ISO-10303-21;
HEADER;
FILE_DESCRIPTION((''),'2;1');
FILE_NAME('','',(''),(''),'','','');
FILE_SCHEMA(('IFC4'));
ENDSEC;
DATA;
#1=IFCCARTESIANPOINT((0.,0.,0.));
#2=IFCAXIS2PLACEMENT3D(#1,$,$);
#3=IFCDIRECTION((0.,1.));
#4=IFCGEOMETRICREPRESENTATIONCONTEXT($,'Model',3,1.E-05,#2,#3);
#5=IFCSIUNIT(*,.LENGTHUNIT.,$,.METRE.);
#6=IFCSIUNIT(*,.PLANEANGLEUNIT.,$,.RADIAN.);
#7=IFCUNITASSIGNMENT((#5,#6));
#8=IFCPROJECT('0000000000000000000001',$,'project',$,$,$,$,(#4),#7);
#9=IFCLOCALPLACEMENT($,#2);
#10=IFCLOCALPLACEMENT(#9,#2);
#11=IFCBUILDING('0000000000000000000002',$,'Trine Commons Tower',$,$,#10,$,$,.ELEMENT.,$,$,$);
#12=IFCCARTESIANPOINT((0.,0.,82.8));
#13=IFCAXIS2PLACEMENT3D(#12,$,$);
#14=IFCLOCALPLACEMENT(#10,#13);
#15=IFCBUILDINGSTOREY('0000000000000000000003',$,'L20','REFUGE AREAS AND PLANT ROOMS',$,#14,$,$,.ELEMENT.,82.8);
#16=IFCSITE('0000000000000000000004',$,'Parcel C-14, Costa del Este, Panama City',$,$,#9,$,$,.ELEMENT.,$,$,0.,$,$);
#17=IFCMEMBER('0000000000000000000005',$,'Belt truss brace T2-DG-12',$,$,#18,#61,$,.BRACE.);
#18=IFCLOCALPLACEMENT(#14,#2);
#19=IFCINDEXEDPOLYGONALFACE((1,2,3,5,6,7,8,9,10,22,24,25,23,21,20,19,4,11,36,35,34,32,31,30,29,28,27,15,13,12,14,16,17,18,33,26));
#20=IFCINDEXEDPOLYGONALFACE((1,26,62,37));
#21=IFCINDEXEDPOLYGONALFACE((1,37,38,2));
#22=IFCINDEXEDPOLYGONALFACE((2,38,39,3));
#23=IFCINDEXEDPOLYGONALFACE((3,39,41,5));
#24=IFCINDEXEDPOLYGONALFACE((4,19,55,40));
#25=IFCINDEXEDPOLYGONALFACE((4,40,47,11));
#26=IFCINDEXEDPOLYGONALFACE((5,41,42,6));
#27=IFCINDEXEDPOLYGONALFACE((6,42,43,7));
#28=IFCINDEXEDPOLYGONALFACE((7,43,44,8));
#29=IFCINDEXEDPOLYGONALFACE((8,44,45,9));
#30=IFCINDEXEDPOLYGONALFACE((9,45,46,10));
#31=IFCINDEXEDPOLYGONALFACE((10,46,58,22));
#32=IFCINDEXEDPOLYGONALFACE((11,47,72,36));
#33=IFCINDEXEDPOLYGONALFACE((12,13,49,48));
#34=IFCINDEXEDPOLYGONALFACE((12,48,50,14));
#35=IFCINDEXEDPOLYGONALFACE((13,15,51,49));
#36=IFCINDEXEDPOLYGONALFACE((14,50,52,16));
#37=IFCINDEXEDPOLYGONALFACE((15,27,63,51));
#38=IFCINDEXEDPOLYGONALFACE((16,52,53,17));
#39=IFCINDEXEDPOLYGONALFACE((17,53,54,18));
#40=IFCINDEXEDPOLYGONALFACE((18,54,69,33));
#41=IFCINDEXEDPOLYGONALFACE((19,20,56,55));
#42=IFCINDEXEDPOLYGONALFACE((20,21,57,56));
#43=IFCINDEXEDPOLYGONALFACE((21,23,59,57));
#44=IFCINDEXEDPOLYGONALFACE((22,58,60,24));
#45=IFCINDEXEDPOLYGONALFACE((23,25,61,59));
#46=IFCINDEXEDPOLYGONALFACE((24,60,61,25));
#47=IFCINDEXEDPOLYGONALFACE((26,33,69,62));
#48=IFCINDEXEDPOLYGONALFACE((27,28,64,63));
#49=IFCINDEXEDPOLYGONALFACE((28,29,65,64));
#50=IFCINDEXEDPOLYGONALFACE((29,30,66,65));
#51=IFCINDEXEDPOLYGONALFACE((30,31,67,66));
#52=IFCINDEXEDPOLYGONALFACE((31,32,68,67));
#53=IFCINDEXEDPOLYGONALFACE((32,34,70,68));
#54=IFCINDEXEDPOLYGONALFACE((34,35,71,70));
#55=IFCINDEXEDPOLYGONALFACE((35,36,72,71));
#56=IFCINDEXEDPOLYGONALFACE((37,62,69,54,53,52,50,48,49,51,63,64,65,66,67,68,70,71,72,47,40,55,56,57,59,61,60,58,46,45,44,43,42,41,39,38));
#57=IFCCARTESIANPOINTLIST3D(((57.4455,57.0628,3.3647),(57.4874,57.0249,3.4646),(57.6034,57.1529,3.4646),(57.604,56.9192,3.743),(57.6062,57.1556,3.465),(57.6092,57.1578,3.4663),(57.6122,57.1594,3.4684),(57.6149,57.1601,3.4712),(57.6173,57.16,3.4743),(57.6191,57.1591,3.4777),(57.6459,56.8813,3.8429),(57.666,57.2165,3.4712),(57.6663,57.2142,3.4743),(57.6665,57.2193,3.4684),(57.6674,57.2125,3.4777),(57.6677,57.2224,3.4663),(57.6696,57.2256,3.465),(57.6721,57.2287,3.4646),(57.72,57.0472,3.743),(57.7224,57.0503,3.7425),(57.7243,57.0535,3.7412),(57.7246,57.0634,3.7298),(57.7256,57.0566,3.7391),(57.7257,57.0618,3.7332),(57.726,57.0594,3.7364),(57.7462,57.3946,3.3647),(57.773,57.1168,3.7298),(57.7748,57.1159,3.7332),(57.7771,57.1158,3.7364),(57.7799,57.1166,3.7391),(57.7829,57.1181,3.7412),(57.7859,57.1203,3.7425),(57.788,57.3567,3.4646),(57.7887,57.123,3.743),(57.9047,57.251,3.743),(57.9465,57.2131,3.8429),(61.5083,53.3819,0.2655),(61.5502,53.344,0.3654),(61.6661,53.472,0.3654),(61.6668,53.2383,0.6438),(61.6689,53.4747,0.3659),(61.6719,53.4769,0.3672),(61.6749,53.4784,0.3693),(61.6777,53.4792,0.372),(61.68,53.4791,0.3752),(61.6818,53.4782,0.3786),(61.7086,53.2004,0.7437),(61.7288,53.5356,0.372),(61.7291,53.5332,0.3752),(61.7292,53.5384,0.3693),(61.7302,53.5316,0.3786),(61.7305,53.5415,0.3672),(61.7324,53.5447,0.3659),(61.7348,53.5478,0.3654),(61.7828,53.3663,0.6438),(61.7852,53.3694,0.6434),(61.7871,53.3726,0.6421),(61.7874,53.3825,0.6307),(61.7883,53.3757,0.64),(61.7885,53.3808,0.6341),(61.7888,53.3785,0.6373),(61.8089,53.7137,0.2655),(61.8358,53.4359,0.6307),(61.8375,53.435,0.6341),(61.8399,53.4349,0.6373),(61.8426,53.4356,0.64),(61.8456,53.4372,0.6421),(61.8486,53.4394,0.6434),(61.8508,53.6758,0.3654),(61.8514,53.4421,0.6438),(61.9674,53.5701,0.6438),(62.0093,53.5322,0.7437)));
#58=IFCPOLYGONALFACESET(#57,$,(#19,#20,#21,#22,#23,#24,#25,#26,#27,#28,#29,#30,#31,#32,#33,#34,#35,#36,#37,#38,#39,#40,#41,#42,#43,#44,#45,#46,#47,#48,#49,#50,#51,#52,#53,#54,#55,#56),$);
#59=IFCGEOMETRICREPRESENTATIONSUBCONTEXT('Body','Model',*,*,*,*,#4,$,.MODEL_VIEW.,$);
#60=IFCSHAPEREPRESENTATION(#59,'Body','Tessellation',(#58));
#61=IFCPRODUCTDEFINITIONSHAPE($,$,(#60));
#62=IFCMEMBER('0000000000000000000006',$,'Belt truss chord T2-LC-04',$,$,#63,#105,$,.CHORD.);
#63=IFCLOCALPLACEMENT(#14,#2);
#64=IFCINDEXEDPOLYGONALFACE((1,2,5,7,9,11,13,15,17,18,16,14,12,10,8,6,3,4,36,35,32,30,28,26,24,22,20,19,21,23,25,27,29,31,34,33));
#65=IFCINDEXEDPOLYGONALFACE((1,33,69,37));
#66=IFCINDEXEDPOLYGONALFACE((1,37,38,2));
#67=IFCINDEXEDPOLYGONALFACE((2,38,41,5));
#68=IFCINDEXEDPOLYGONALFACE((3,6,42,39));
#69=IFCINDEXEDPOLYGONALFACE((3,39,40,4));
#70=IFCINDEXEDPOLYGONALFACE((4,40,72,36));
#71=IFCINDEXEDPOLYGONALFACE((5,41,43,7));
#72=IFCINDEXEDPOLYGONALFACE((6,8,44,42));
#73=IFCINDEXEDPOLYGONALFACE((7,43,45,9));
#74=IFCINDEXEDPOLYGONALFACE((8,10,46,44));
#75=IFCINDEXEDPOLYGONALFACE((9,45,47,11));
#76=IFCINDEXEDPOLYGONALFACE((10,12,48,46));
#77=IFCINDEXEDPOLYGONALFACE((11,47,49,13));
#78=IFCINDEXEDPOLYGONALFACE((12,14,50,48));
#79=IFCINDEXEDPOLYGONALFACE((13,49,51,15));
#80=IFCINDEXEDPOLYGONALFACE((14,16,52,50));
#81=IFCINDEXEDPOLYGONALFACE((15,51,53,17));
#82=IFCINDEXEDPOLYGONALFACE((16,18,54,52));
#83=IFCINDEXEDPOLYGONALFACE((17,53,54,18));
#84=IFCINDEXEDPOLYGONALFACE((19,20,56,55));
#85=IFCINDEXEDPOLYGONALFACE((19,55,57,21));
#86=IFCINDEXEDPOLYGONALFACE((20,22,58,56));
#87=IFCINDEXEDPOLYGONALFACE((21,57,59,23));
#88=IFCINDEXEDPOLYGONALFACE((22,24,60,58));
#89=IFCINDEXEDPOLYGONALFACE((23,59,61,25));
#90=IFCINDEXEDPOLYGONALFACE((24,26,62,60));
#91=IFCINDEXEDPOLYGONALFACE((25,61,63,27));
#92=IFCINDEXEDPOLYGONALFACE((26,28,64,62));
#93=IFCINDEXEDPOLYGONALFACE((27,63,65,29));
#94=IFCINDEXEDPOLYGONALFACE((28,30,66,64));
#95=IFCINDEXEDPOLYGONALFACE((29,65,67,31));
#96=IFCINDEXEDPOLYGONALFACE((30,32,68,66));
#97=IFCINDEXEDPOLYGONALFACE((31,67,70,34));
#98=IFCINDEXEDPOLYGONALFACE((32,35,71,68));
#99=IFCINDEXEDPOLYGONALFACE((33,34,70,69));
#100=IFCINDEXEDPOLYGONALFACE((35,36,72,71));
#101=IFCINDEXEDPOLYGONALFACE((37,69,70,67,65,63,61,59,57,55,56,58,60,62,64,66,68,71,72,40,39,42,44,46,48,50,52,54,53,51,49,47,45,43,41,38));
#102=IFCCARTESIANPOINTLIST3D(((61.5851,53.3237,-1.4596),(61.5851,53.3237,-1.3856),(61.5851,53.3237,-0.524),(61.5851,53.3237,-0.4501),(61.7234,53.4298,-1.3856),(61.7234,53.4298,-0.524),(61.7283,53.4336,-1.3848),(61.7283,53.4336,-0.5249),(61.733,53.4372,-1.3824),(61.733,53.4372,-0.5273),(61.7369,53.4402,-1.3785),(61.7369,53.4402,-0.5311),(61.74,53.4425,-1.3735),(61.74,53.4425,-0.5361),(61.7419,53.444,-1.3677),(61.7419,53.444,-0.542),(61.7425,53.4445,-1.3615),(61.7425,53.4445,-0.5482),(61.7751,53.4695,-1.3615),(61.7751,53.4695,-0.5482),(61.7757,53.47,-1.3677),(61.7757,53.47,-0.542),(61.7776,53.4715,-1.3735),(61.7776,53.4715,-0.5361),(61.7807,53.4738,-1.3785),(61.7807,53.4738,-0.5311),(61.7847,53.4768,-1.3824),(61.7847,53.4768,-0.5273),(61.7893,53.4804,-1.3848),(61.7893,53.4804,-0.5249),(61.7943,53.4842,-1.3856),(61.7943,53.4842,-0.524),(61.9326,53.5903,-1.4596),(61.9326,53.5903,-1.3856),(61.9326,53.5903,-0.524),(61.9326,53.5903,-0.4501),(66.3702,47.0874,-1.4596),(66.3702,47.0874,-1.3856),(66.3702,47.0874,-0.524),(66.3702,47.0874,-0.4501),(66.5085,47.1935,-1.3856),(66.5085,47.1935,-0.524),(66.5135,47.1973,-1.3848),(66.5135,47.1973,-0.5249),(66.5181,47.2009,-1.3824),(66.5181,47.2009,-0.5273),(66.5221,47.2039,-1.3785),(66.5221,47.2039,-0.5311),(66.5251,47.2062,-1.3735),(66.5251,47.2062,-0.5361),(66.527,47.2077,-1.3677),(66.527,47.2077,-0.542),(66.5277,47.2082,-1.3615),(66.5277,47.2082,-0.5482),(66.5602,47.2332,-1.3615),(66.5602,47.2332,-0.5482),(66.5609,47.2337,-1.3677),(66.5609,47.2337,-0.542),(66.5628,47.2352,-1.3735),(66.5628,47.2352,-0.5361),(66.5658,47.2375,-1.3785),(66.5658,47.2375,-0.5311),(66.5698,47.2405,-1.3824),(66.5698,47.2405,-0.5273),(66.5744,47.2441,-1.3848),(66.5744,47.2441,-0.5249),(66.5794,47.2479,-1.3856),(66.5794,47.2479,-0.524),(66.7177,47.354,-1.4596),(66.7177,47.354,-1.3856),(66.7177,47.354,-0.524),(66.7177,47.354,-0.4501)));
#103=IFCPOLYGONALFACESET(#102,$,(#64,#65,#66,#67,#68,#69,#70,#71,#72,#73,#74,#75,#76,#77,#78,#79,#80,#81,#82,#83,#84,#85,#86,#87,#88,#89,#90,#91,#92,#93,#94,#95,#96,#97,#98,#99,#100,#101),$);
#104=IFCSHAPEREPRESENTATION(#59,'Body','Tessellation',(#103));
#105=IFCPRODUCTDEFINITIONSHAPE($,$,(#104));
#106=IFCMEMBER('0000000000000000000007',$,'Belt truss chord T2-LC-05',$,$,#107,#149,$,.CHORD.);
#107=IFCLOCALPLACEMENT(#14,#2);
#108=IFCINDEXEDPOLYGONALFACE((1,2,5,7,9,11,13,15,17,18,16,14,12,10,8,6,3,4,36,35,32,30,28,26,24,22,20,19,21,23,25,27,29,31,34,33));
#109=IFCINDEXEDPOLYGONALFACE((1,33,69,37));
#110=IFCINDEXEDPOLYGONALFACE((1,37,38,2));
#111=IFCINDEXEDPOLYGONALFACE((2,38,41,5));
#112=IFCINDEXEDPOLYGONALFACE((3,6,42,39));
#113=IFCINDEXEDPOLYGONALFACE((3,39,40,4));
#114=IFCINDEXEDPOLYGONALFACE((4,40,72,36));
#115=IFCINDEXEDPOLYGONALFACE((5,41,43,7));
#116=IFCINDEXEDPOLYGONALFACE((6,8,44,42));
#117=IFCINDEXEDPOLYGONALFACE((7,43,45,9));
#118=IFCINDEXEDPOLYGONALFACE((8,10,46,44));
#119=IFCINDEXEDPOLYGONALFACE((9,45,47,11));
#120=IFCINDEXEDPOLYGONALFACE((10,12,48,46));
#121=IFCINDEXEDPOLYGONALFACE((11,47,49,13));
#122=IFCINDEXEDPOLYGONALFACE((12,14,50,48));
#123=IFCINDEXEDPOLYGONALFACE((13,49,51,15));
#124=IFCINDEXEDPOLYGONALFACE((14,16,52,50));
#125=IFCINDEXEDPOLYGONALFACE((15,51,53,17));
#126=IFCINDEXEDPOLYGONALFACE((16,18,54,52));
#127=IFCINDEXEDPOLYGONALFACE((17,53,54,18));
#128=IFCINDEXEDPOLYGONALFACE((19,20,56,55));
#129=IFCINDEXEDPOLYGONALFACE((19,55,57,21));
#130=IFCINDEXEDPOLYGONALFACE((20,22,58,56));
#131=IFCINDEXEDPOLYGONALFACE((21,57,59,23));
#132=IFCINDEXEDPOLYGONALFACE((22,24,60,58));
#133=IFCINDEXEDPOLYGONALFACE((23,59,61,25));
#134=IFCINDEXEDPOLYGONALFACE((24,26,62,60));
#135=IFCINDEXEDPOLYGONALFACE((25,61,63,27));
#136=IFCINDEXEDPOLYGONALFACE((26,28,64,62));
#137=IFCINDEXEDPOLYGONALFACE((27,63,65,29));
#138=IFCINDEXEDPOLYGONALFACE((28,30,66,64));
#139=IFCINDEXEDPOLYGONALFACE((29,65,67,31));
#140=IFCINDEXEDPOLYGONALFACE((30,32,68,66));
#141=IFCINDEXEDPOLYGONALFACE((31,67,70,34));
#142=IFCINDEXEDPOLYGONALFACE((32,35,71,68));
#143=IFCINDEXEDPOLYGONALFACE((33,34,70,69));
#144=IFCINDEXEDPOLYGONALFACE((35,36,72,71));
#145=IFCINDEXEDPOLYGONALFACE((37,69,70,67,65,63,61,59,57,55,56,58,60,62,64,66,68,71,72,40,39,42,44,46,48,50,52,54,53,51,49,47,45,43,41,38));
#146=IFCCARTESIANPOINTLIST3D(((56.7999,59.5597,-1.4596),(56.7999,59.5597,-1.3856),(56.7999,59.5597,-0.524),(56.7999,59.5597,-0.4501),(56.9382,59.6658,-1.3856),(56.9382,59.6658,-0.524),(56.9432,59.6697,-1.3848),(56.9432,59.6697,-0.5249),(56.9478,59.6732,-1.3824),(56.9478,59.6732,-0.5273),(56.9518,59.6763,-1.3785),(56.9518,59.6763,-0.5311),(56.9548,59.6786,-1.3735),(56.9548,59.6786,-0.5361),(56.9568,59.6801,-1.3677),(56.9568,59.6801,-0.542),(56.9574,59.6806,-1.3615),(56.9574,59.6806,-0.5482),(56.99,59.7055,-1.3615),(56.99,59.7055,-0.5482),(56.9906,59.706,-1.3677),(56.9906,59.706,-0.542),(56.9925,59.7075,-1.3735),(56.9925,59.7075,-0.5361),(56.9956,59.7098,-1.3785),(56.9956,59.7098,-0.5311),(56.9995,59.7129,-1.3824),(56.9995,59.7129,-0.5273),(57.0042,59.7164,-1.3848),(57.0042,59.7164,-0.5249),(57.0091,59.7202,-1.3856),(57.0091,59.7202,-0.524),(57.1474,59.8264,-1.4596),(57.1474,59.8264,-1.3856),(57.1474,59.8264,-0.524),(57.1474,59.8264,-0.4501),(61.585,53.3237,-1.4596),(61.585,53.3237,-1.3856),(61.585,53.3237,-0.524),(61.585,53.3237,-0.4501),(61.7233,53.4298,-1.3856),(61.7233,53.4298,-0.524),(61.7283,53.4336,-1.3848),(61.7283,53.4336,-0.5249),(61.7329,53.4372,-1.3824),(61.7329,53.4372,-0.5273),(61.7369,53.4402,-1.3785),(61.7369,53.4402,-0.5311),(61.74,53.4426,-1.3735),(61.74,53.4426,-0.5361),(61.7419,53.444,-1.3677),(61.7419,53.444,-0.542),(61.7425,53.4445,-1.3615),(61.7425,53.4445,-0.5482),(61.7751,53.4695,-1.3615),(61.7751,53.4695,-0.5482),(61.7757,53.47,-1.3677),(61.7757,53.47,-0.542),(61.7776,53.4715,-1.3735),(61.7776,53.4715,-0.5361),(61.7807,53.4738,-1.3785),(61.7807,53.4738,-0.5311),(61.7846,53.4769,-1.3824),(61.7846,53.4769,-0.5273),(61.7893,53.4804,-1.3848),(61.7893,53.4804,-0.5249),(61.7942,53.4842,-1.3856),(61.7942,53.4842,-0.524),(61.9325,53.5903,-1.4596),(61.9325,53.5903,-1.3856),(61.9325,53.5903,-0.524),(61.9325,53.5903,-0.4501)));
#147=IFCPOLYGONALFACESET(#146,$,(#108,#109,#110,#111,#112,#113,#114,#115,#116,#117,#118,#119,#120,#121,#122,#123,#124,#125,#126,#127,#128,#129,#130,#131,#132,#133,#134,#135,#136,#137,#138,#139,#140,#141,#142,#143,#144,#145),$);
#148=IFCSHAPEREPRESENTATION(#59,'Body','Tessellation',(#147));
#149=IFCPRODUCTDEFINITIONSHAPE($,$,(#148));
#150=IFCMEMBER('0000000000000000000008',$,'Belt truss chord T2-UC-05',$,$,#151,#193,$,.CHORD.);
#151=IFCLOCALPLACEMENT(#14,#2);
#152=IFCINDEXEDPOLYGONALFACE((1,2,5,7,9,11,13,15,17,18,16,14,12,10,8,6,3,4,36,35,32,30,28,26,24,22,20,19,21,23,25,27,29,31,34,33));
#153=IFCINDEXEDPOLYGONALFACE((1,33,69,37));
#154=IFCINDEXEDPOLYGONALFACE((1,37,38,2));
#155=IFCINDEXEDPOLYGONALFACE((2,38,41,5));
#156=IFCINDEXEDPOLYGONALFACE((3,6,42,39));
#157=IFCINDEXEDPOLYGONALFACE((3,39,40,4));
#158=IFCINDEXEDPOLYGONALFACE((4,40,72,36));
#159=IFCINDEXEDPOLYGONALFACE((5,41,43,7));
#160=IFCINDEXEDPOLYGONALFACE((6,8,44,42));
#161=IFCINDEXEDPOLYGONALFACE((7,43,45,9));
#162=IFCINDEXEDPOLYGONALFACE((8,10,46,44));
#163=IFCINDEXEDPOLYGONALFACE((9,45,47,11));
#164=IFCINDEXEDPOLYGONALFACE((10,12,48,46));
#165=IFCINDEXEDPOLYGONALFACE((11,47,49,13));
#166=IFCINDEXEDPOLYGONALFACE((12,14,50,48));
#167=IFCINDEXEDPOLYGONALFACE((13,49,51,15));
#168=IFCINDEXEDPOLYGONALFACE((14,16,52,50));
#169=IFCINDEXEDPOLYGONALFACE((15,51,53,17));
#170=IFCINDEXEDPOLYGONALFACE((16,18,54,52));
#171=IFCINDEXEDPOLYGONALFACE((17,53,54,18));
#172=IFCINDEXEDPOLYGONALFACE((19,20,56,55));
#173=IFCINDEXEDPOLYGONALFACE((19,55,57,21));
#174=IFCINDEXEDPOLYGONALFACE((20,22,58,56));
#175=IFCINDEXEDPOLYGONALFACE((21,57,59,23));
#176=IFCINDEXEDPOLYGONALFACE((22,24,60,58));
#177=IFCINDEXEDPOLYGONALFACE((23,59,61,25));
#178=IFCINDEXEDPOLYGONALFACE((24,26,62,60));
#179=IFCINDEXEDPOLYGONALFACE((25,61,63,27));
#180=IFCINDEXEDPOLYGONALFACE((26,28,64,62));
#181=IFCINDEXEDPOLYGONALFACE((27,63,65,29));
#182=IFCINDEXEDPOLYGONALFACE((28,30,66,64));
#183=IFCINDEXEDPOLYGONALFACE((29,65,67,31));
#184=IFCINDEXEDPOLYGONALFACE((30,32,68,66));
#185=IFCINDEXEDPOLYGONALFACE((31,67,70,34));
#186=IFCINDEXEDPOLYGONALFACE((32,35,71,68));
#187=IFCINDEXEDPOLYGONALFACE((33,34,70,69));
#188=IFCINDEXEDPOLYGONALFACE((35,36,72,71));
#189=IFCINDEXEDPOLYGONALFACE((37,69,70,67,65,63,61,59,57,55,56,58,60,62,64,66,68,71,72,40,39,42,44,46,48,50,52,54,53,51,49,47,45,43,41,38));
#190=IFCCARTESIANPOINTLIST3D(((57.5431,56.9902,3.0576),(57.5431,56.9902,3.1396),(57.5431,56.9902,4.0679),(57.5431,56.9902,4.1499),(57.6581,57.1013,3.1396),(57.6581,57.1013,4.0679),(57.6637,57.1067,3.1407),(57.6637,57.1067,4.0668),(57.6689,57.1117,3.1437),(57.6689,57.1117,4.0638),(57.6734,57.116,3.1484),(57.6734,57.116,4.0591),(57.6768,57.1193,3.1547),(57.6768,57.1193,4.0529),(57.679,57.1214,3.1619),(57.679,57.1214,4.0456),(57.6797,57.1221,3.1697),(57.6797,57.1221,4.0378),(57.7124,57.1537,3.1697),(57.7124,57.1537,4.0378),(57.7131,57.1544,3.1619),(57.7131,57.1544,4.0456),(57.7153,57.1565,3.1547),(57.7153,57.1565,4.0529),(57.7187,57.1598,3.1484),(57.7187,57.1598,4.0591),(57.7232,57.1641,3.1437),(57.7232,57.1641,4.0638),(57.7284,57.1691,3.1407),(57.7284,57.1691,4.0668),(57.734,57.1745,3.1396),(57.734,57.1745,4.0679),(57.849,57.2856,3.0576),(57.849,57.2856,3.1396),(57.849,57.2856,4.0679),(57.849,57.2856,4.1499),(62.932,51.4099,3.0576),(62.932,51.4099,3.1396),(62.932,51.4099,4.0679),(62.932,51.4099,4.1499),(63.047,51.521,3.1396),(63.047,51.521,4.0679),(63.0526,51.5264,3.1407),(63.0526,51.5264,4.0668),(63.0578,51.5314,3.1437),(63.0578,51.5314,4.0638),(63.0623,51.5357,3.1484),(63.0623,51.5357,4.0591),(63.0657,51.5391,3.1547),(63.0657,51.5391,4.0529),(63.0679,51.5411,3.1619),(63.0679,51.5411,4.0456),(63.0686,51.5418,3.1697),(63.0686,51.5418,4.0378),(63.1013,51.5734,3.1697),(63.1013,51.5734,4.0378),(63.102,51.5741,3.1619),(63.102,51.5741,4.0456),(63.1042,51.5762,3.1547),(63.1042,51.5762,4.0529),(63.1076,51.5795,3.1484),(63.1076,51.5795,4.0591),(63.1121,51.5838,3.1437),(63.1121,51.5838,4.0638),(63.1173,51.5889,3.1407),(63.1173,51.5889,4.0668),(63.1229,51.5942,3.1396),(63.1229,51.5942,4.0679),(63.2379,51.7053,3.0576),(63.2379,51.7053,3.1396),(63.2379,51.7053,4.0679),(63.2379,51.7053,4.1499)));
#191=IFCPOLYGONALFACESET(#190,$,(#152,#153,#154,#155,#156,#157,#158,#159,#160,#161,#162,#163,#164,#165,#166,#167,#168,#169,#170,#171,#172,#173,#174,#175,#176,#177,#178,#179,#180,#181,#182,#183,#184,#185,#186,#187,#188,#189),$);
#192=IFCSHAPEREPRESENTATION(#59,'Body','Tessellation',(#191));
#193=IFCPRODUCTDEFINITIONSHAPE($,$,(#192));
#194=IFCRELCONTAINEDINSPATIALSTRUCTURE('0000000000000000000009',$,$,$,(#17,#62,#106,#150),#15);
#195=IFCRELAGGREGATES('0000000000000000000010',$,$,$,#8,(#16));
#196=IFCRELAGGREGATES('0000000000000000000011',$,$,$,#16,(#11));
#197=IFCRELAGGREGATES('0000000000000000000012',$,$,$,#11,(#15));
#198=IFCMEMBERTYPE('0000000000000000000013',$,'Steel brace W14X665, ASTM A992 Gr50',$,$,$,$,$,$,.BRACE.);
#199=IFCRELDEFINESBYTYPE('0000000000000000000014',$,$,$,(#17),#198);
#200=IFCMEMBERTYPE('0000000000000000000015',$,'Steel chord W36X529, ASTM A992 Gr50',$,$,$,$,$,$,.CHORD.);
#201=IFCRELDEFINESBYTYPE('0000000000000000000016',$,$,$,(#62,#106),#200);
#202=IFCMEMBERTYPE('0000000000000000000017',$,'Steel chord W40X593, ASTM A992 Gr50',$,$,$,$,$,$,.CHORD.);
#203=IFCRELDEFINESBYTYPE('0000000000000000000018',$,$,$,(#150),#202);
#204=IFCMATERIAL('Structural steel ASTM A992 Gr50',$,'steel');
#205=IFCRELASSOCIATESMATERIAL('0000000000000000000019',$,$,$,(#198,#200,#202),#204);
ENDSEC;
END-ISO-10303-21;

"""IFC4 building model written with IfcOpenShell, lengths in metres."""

from ifc_helpers import new_model, si_unit, direction, frame, origin, origin_2d, place, context, subcontext, project, spatial, i_section, extrude, material, material_profile, profile_set, type_object, element, save


model = new_model("IFC4")

# Units and contexts
model_context = context("Model", 3, precision=1e-05, world=origin(), true_north=direction((0.0, 1.0)))
body_context = subcontext(model_context, "Body", "Model", "MODEL_VIEW")
ifc_project = project(units=[si_unit("LENGTHUNIT", "METRE"), si_unit("PLANEANGLEUNIT", "RADIAN")], contexts=[model_context])

# Site, building, storey
site_placement = place(None, origin())
site = spatial("IfcSite", under=ifc_project, at=site_placement, Name="Parcel C-14, Costa del Este, Panama City", CompositionType="ELEMENT", RefElevation=0.0)
building_placement = place(site_placement, origin())
building = spatial("IfcBuilding", under=site, at=building_placement, Name="Trine Commons Tower", CompositionType="ELEMENT")
storey_placement = place(building_placement, frame((0.0, 0.0, 82.8)))
storey = spatial("IfcBuildingStorey", under=building, at=storey_placement, Name="L20", Description="REFUGE AREAS AND PLANT ROOMS", CompositionType="ELEMENT", Elevation=82.8)

# Members
ifc_material_1 = material(Name="Structural steel ASTM A992 Gr50", Category="steel")
ifc_material_profile_1 = material_profile(ifc_material_1, i_section(OverallWidth=0.4478, OverallDepth=0.5493, WebThickness=0.072, FlangeThickness=0.1147, FilletRadius=0.0151, at=origin_2d()), Name="W14X665")
ifc_profile_set_1 = profile_set([ifc_material_profile_1], Name="Structural steel ASTM A992 Gr50")
member_type_1 = type_object("IfcMemberType", Name="Steel brace W14X665, ASTM A992 Gr50", PredefinedType="BRACE", material=ifc_profile_set_1)
member_1_placement = place(storey_placement, frame((61.7588, 53.457, 0.5046), z_axis=(-0.645128, 0.584496, 0.492113), x_axis=(-0.671424, -0.741074, 0.0)))
element("IfcMember", 1, at=member_1_placement, inside=storey, type_object=member_type_1, Name="Belt truss brace T2-DG-12", PredefinedType="BRACE", context=body_context, shape_type="SweptSolid", body=[
    extrude(i_section(OverallWidth=0.4478, OverallDepth=0.5493, WebThickness=0.072, FlangeThickness=0.1147, FilletRadius=0.0151, at=origin_2d()), origin(), (0.0, 0.0, 1.0), 6.2976),
])
ifc_material_profile_2 = material_profile(ifc_material_1, i_section(OverallWidth=0.438, OverallDepth=1.0095, WebThickness=0.041, FlangeThickness=0.074, FilletRadius=0.0242, at=origin_2d()), Name="W36X529")
ifc_profile_set_2 = profile_set([ifc_material_profile_2], Name="Structural steel ASTM A992 Gr50")
member_type_2 = type_object("IfcMemberType", Name="Steel chord W36X529, ASTM A992 Gr50", PredefinedType="CHORD", material=ifc_profile_set_2)
member_2_placement = place(storey_placement, frame((66.5439, 47.2207, -0.9548), z_axis=(-0.60875, 0.793362, 0.0), x_axis=(-0.793362, -0.60875, 0.0)))
element("IfcMember", 2, at=member_2_placement, inside=storey, type_object=member_type_2, Name="Belt truss chord T2-LC-04", PredefinedType="CHORD", context=body_context, shape_type="SweptSolid", body=[
    extrude(i_section(OverallWidth=0.438, OverallDepth=1.0095, WebThickness=0.041, FlangeThickness=0.074, FilletRadius=0.0242, at=origin_2d()), origin(), (0.0, 0.0, 1.0), 7.8606),
])
member_3_placement = place(storey_placement, frame((61.7588, 53.457, -0.9548), z_axis=(-0.608765, 0.793351, 0.0), x_axis=(-0.793351, -0.608765, 0.0)))
element("IfcMember", 3, at=member_3_placement, inside=storey, type_object=member_type_2, Name="Belt truss chord T2-LC-05", PredefinedType="CHORD", context=body_context, shape_type="SweptSolid", body=[
    extrude(i_section(OverallWidth=0.438, OverallDepth=1.0095, WebThickness=0.041, FlangeThickness=0.074, FilletRadius=0.0242, at=origin_2d()), origin(), (0.0, 0.0, 1.0), 7.8604),
])
ifc_material_profile_3 = material_profile(ifc_material_1, i_section(OverallWidth=0.4253, OverallDepth=1.0923, WebThickness=0.0454, FlangeThickness=0.082, FilletRadius=0.03, at=origin_2d()), Name="W40X593")
ifc_profile_set_3 = profile_set([ifc_material_profile_3], Name="Structural steel ASTM A992 Gr50")
member_type_3 = type_object("IfcMemberType", Name="Steel chord W40X593, ASTM A992 Gr50", PredefinedType="CHORD", material=ifc_profile_set_3)
member_4_placement = place(storey_placement, frame((63.085, 51.5576, 3.6038), z_axis=(-0.694662, 0.719336, 0.0), x_axis=(-0.719336, -0.694662, 0.0)))
element("IfcMember", 4, at=member_4_placement, inside=storey, type_object=member_type_3, Name="Belt truss chord T2-UC-05", PredefinedType="CHORD", context=body_context, shape_type="SweptSolid", body=[
    extrude(i_section(OverallWidth=0.4253, OverallDepth=1.0923, WebThickness=0.0454, FlangeThickness=0.082, FilletRadius=0.03, at=origin_2d()), origin(), (0.0, 0.0, 1.0), 7.7576),
])

save(model, "model.ifc")
